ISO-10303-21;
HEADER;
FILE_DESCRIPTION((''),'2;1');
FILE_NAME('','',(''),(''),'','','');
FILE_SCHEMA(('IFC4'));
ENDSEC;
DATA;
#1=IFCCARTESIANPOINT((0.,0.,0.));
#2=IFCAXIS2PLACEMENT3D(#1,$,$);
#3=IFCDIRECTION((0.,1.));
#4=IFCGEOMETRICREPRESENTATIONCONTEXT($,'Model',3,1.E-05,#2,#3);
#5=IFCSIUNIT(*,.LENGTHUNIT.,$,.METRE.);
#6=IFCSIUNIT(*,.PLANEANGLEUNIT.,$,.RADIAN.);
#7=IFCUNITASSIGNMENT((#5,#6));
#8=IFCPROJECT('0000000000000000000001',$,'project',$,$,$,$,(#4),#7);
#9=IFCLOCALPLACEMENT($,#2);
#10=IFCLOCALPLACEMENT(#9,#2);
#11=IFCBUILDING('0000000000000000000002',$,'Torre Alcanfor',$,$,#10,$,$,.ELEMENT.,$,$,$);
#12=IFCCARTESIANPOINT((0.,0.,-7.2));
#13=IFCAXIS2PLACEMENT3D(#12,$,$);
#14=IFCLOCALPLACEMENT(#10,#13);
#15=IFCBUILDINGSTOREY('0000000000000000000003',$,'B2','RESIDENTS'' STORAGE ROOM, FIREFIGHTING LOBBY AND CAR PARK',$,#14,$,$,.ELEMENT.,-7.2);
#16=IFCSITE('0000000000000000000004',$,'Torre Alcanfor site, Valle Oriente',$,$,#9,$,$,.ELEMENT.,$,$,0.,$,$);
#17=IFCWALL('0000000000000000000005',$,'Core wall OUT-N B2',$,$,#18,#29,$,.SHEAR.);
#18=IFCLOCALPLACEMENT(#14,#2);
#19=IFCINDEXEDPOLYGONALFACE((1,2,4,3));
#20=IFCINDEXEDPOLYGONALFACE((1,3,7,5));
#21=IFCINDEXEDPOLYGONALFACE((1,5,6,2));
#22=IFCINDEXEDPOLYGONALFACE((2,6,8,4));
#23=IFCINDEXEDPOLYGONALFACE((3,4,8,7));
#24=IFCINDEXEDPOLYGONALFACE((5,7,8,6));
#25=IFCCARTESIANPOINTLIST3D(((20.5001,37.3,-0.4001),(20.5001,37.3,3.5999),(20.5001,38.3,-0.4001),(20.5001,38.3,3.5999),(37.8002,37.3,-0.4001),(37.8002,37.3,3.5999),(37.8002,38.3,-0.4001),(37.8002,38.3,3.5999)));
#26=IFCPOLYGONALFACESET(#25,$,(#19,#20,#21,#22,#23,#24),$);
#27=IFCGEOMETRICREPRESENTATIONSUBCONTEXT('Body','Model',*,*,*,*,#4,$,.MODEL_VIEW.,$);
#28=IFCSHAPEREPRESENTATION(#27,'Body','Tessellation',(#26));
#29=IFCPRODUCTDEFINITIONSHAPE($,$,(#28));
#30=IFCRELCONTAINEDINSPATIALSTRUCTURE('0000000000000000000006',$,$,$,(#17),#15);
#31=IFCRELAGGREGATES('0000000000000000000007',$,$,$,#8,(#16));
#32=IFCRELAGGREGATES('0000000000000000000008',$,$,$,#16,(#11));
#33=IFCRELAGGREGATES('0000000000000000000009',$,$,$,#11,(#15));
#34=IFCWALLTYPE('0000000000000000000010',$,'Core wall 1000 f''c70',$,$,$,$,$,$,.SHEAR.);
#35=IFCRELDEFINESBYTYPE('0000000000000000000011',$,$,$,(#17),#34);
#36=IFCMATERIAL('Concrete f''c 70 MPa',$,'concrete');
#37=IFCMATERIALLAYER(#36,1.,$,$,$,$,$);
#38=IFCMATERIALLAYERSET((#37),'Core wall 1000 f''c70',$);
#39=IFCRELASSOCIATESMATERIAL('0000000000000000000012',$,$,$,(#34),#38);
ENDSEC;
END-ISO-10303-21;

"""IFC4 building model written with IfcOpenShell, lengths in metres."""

from ifc_helpers import new_model, si_unit, direction, frame, frame_2d, origin, place, context, subcontext, project, spatial, rectangle, extrude, material, layer, layer_set, type_object, element, save


model = new_model("IFC4")

# Units and contexts
model_context = context("Model", 3, precision=1e-05, world=origin(), true_north=direction((0.0, 1.0)))
body_context = subcontext(model_context, "Body", "Model", "MODEL_VIEW")
ifc_project = project(units=[si_unit("LENGTHUNIT", "METRE"), si_unit("PLANEANGLEUNIT", "RADIAN")], contexts=[model_context])

# Site, building, storey
site_placement = place(None, origin())
site = spatial("IfcSite", under=ifc_project, at=site_placement, Name="Torre Alcanfor site, Valle Oriente", CompositionType="ELEMENT", RefElevation=0.0)
building_placement = place(site_placement, origin())
building = spatial("IfcBuilding", under=site, at=building_placement, Name="Torre Alcanfor", CompositionType="ELEMENT")
storey_placement = place(building_placement, frame((0.0, 0.0, -7.2)))
storey = spatial("IfcBuildingStorey", under=building, at=storey_placement, Name="B2", Description="RESIDENTS' STORAGE ROOM, FIREFIGHTING LOBBY AND CAR PARK", CompositionType="ELEMENT", Elevation=-7.2)

# Wall
ifc_material_1 = material(Name="Concrete f'c 70 MPa", Category="concrete")
ifc_layer = layer(ifc_material_1, 1.0)
ifc_layer_set = layer_set([ifc_layer], Name="Core wall 1000 f'c70")
wall_type = type_object("IfcWallType", Name="Core wall 1000 f'c70", PredefinedType="SHEAR", material=ifc_layer_set)
wall_placement = place(storey_placement, frame((37.8, 37.8, -0.4001), z_axis=(0.0, 0.0, 1.0), x_axis=(-1.0, 0.0, 0.0)))
element("IfcWall", 1, at=wall_placement, inside=storey, type_object=wall_type, Name="Core wall OUT-N B2", PredefinedType="SHEAR", context=body_context, shape_type="SweptSolid", body=[
    extrude(rectangle(XDim=17.3, YDim=1.0, at=frame_2d((8.6499, 0.0))), origin(), (0.0, 0.0, 1.0), 4.0),
])

save(model, "model.ifc")
